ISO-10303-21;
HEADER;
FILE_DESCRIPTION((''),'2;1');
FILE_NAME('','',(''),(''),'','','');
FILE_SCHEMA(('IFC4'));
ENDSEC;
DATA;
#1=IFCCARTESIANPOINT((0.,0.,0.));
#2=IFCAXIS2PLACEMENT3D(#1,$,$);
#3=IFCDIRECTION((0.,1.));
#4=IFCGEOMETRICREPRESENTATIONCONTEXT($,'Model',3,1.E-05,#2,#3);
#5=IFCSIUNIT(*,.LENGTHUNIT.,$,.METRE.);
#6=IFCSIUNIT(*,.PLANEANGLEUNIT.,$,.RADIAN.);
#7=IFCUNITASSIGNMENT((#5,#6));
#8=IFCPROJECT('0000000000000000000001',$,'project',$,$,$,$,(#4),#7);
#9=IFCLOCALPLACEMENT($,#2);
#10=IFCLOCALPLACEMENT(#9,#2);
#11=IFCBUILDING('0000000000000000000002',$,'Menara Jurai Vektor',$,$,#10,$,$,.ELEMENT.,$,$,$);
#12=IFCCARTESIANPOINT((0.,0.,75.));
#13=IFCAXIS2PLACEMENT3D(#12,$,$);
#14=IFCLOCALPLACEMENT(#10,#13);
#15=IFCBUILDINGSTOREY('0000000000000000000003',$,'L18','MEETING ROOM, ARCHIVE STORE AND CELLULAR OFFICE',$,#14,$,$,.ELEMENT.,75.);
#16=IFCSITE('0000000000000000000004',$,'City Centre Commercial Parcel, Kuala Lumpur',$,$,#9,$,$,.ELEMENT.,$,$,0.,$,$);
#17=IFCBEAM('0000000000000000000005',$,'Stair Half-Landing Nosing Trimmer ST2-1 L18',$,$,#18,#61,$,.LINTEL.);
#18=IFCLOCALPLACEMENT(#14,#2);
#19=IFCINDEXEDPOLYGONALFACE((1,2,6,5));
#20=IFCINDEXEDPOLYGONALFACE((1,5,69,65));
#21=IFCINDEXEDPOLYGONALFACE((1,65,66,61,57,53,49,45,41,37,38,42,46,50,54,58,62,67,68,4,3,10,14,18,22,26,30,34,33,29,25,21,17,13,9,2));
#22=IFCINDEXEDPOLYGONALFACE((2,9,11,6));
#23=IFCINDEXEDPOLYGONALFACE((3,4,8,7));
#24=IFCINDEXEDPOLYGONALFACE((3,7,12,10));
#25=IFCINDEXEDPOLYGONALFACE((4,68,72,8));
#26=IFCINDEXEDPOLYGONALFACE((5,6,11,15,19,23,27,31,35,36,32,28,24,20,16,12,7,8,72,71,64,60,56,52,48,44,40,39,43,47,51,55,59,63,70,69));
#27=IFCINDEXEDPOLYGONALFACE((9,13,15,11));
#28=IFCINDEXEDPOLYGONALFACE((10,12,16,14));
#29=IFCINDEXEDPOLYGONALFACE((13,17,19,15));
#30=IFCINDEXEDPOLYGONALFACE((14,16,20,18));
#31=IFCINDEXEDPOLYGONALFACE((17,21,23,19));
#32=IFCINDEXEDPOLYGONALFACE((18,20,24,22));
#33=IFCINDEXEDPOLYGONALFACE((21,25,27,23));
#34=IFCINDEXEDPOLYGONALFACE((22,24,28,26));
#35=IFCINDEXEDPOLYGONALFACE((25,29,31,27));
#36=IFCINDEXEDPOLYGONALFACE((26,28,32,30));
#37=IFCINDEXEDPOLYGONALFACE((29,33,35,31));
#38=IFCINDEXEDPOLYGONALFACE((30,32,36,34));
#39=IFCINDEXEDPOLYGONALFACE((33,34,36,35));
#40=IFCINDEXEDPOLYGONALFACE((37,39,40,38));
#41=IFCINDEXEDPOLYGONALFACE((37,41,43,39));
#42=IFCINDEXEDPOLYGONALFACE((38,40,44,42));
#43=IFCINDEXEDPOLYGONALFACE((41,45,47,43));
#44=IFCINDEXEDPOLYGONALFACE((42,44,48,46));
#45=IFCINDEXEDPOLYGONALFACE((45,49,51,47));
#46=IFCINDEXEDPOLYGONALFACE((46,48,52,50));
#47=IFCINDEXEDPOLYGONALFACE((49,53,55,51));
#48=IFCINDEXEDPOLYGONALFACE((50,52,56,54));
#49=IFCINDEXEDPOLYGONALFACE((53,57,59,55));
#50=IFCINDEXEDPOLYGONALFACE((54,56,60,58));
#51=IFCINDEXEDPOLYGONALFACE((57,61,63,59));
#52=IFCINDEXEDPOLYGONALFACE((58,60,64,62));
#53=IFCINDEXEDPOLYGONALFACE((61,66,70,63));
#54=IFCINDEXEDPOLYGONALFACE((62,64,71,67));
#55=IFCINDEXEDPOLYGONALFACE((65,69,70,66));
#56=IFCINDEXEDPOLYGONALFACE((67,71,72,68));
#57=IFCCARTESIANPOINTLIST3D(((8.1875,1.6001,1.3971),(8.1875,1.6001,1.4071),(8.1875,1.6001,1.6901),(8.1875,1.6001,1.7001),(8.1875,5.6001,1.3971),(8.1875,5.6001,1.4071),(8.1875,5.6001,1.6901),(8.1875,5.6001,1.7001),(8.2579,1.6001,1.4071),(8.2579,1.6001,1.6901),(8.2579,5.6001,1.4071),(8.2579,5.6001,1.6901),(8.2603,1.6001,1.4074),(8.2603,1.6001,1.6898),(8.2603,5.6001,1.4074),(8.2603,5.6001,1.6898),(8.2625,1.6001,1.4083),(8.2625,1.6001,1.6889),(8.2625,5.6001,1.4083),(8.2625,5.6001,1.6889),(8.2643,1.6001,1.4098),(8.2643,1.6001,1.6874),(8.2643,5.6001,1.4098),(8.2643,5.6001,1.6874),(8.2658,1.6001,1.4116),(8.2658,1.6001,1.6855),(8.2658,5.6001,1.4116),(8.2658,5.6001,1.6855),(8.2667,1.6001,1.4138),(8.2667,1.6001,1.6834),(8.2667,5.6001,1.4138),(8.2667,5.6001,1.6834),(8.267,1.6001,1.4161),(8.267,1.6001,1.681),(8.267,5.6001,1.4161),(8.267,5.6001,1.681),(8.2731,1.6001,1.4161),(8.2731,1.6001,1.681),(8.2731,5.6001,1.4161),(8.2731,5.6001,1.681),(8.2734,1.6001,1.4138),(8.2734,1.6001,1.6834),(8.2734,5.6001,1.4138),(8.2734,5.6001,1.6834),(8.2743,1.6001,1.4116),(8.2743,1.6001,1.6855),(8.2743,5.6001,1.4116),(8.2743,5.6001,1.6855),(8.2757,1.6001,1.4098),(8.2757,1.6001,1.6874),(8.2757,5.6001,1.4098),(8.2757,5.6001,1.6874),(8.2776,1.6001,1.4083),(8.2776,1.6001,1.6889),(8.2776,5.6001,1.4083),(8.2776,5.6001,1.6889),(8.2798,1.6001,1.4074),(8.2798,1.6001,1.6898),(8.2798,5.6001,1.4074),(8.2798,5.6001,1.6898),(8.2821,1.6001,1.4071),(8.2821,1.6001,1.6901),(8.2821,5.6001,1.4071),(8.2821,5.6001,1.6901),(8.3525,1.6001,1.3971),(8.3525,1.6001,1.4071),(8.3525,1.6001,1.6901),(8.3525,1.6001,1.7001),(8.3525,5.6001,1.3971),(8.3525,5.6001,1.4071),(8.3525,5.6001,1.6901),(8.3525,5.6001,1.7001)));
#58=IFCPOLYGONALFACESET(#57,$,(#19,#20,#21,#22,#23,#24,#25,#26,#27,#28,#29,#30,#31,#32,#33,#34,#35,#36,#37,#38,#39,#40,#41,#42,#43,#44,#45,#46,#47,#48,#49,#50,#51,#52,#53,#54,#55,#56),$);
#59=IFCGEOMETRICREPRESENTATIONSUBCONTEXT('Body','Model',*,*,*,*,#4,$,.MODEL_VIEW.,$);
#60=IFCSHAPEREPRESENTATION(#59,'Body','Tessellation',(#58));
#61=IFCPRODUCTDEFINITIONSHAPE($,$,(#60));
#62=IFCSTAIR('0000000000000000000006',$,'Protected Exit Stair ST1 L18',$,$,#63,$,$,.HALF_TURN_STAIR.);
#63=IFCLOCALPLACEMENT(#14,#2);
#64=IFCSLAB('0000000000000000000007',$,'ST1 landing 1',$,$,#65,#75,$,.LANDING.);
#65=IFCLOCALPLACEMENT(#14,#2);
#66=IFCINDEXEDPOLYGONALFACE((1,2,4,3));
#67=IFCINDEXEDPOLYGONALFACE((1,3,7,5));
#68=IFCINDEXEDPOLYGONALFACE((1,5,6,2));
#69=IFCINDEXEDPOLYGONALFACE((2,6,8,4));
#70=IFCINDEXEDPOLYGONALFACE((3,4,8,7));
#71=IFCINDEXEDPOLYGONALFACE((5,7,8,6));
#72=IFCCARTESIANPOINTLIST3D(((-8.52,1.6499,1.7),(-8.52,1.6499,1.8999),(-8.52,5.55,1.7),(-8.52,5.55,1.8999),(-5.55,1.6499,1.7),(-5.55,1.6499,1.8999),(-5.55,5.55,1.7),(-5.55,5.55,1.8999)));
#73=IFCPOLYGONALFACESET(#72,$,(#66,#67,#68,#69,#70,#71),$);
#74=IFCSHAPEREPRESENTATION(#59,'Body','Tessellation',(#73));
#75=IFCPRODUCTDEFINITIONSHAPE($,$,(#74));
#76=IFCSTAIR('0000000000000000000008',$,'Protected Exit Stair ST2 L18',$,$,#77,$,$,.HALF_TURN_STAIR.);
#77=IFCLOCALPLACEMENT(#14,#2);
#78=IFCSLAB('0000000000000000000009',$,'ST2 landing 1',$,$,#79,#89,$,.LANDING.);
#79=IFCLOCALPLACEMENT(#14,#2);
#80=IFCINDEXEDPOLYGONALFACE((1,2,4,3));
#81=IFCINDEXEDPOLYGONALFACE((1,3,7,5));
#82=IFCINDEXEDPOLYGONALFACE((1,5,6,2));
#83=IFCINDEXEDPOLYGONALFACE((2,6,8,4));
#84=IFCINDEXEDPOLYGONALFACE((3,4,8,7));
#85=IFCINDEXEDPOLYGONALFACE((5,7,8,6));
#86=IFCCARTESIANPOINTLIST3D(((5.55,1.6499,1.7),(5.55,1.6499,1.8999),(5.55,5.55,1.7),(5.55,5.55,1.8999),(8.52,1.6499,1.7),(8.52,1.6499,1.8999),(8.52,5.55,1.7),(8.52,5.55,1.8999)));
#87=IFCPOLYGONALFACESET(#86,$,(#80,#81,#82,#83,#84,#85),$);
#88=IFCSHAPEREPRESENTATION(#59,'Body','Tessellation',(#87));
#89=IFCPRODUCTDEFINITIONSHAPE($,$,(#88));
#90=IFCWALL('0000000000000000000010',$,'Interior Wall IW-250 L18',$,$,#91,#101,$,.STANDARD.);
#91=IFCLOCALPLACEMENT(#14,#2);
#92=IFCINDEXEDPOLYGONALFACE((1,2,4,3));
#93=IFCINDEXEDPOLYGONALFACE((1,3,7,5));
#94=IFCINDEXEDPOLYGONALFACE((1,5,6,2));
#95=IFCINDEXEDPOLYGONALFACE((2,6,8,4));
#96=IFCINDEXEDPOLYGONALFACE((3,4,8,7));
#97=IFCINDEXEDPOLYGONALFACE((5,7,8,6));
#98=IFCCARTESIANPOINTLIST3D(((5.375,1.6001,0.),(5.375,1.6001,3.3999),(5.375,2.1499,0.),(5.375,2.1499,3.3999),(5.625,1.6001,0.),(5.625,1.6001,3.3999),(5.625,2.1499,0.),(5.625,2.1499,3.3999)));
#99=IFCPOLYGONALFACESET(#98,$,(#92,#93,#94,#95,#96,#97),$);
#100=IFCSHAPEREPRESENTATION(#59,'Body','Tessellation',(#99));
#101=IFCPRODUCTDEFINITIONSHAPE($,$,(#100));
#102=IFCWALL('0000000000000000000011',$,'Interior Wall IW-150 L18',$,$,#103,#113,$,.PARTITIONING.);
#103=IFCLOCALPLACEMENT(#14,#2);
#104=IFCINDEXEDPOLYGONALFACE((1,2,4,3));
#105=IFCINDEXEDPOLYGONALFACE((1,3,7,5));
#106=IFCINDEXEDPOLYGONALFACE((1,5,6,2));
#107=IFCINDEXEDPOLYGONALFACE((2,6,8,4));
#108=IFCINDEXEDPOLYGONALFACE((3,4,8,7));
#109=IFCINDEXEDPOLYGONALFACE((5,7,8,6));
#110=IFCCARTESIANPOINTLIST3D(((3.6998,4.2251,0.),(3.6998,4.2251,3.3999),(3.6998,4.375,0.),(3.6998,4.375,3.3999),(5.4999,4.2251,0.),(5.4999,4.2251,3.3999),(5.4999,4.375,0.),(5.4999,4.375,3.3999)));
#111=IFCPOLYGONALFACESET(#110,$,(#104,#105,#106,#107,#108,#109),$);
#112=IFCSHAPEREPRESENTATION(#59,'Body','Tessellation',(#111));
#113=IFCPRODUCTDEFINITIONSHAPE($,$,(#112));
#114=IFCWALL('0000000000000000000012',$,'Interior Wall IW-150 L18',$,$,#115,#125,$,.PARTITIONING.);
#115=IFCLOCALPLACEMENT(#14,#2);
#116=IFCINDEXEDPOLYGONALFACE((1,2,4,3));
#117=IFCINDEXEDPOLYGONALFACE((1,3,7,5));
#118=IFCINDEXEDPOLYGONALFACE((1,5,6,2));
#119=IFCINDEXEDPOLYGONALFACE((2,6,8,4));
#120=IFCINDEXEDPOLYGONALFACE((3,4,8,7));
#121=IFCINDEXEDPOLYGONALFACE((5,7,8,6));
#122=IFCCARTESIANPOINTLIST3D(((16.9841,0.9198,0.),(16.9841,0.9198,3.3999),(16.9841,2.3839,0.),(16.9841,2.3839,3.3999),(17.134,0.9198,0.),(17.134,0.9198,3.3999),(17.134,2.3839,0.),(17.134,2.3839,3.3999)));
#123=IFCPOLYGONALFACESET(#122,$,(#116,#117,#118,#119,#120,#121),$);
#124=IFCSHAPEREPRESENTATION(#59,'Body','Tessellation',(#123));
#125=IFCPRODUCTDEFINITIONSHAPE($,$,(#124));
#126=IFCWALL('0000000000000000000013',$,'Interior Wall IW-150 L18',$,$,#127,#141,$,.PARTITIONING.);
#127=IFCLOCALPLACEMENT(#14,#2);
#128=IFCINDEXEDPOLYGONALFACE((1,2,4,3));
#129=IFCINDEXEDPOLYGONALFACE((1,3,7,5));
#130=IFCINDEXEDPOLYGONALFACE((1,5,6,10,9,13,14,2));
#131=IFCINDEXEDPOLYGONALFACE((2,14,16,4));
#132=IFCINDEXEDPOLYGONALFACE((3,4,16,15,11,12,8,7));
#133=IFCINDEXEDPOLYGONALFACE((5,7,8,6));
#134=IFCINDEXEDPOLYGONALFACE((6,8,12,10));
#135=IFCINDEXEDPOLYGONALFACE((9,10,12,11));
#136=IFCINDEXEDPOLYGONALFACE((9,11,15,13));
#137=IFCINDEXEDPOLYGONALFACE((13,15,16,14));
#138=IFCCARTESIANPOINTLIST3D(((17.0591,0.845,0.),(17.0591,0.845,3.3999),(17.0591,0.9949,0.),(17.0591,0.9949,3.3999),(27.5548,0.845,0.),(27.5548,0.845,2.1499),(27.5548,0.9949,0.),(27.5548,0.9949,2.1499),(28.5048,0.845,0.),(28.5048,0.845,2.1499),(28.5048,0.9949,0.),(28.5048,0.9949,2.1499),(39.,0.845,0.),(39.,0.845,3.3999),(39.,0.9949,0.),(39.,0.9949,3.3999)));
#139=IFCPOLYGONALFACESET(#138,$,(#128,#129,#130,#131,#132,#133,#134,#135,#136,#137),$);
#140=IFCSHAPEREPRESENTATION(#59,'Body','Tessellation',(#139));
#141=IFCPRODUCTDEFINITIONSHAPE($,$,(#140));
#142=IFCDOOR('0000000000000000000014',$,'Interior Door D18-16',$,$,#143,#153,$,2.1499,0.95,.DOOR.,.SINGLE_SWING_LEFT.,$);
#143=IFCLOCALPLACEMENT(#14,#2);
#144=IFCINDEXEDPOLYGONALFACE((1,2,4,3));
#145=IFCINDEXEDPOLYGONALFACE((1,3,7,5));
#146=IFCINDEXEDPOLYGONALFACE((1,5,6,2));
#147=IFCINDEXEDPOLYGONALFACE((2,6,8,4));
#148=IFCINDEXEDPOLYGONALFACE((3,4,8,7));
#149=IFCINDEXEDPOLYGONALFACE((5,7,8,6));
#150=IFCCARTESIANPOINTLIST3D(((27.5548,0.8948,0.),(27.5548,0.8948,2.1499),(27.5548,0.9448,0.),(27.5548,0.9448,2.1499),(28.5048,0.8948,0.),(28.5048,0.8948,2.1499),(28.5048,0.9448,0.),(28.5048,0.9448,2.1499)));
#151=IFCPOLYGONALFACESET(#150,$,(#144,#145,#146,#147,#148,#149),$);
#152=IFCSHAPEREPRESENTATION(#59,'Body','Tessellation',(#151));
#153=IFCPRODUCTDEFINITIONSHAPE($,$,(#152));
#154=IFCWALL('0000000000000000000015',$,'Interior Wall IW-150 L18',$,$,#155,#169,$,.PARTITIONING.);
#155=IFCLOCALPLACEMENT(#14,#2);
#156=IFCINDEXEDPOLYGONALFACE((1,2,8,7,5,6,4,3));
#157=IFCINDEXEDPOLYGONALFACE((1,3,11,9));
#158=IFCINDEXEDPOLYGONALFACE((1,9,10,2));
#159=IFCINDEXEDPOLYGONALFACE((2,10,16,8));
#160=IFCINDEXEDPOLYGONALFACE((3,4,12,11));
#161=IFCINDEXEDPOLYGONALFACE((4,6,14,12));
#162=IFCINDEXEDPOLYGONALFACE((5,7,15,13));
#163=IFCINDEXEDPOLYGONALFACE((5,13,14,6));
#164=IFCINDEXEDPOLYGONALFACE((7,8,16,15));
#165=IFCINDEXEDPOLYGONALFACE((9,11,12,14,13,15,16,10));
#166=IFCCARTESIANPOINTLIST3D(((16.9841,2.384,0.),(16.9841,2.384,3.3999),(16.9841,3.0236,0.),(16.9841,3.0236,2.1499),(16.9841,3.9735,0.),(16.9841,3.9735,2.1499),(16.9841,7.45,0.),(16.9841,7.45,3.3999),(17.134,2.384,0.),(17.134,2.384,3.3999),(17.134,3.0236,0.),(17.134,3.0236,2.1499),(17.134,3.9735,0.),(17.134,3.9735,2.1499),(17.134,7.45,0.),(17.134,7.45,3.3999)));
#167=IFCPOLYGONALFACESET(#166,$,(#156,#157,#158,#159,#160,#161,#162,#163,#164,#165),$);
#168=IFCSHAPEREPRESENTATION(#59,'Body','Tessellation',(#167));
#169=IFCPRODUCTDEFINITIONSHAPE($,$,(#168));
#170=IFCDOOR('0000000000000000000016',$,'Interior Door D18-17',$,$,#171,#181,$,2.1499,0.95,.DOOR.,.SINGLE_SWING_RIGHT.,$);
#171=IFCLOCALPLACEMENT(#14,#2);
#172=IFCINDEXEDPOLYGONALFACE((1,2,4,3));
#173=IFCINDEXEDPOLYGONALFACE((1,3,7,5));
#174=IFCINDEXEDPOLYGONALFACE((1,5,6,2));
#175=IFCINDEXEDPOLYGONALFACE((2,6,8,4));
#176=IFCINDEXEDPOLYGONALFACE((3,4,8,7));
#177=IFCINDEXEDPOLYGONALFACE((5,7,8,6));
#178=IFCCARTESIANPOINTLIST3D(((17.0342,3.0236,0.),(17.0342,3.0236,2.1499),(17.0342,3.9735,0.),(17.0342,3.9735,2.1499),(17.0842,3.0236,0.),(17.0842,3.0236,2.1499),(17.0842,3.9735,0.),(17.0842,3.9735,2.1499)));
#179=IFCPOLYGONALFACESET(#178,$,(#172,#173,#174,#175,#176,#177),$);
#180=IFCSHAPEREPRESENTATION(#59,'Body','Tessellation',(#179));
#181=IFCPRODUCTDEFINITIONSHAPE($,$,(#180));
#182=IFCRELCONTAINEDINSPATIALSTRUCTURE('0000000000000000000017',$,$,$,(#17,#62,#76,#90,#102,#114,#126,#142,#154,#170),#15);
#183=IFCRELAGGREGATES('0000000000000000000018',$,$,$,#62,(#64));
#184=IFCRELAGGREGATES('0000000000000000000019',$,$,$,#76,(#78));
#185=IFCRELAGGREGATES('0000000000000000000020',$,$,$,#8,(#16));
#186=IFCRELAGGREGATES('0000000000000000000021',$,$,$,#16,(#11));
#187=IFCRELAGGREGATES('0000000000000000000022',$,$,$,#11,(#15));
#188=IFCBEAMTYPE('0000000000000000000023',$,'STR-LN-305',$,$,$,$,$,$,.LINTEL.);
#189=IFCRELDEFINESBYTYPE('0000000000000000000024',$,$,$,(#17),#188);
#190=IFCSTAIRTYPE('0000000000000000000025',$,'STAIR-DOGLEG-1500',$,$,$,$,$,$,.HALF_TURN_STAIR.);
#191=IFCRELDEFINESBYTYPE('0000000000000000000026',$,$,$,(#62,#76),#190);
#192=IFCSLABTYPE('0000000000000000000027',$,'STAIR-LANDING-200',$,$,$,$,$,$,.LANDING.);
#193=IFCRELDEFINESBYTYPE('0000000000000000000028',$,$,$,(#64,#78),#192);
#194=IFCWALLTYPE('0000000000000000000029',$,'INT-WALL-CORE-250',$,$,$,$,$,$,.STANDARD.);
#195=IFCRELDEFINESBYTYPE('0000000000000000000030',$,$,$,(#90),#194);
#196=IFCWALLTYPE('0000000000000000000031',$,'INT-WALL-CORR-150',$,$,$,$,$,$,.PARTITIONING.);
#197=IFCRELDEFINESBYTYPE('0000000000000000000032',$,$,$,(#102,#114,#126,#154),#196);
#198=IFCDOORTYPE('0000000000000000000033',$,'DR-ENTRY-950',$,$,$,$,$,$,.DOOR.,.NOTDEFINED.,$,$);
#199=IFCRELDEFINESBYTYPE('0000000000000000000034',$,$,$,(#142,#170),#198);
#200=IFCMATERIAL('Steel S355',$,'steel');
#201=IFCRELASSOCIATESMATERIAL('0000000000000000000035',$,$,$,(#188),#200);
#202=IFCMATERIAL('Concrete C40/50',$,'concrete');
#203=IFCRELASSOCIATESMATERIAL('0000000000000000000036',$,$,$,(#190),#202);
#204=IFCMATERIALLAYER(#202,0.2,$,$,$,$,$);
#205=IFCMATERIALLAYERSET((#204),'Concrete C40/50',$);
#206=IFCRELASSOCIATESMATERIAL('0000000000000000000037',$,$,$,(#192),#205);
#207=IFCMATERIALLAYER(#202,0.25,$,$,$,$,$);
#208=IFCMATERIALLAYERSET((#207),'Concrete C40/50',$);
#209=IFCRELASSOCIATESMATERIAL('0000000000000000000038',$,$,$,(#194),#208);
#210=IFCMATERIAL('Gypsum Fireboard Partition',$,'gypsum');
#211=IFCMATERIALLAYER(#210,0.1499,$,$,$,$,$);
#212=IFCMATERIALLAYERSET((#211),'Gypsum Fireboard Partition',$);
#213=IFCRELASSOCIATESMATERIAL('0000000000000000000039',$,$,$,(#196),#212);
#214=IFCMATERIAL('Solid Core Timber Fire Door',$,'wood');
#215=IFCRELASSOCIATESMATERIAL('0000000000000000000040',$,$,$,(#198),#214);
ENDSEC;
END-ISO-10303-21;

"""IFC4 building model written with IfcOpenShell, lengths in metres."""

from ifc_helpers import new_model, si_unit, direction, frame, frame_2d, origin, origin_2d, place, context, subcontext, project, spatial, polyline, rectangle, i_section, outline, extrude, material, layer, layer_set, material_profile, profile_set, type_object, element, fill, aggregate, save


model = new_model("IFC4")

# Units and contexts
model_context = context("Model", 3, precision=1e-05, world=origin(), true_north=direction((0.0, 1.0)))
body_context = subcontext(model_context, "Body", "Model", "MODEL_VIEW")
ifc_project = project(units=[si_unit("LENGTHUNIT", "METRE"), si_unit("PLANEANGLEUNIT", "RADIAN")], contexts=[model_context])

# Site, building, storey
site_placement = place(None, origin())
site = spatial("IfcSite", under=ifc_project, at=site_placement, Name="City Centre Commercial Parcel, Kuala Lumpur", CompositionType="ELEMENT", RefElevation=0.0)
building_placement = place(site_placement, origin())
building = spatial("IfcBuilding", under=site, at=building_placement, Name="Menara Jurai Vektor", CompositionType="ELEMENT")
storey_placement = place(building_placement, frame((0.0, 0.0, 75.0)))
storey = spatial("IfcBuildingStorey", under=building, at=storey_placement, Name="L18", Description="MEETING ROOM, ARCHIVE STORE AND CELLULAR OFFICE", CompositionType="ELEMENT", Elevation=75.0)

# Beam
ifc_material_1 = material(Name="Steel S355", Category="steel")
ifc_material_profile_1 = material_profile(ifc_material_1, i_section(OverallWidth=0.165, OverallDepth=0.303, WebThickness=0.0061, FlangeThickness=0.01, FilletRadius=0.009, at=origin_2d()), Name="UKB 305x165x40")
ifc_profile_set_1 = profile_set([ifc_material_profile_1], Name="Steel S355")
beam_type_1 = type_object("IfcBeamType", Name="STR-LN-305", PredefinedType="LINTEL", material=ifc_profile_set_1)
beam_1_placement = place(storey_placement, frame((8.27, 1.6001, 1.5486), z_axis=(0.0, 1.0, 0.0), x_axis=(-1.0, 0.0, 0.0)))
element("IfcBeam", 1, at=beam_1_placement, inside=storey, type_object=beam_type_1, Name="Stair Half-Landing Nosing Trimmer ST2-1 L18", PredefinedType="LINTEL", context=body_context, shape_type="SweptSolid", body=[
    extrude(i_section(OverallWidth=0.165, OverallDepth=0.303, WebThickness=0.0061, FlangeThickness=0.01, FilletRadius=0.009, at=origin_2d()), origin(), (0.0, 0.0, 1.0), 4.0),
])

# Stairs, slabs
ifc_material_2 = material(Name="Concrete C40/50", Category="concrete")
stair_type = type_object("IfcStairType", Name="STAIR-DOGLEG-1500", PredefinedType="HALF_TURN_STAIR", material=ifc_material_2)
stair_1_placement = place(storey_placement, origin())
stair_1 = element("IfcStair", 2, at=stair_1_placement, inside=storey, type_object=stair_type, Name="Protected Exit Stair ST1 L18", PredefinedType="HALF_TURN_STAIR")
ifc_layer_1 = layer(ifc_material_2, 0.2)
ifc_layer_set_1 = layer_set([ifc_layer_1], Name="Concrete C40/50")
slab_type = type_object("IfcSlabType", Name="STAIR-LANDING-200", PredefinedType="LANDING", material=ifc_layer_set_1)
slab_1_placement = place(storey_placement, frame((0.0, 0.0, 1.7)))
slab_1 = element("IfcSlab", 3, at=slab_1_placement, type_object=slab_type, Name="ST1 landing 1", PredefinedType="LANDING", context=body_context, shape_type="SweptSolid", body=[
    extrude(outline(polyline([(-8.52, 1.6499), (-5.55, 1.6499), (-5.55, 5.55), (-8.52, 5.55), (-8.52, 1.6499)])), origin(), (0.0, 0.0, 1.0), 0.2),
])
aggregate(stair_1, [slab_1])
stair_2_placement = place(storey_placement, origin())
stair_2 = element("IfcStair", 4, at=stair_2_placement, inside=storey, type_object=stair_type, Name="Protected Exit Stair ST2 L18", PredefinedType="HALF_TURN_STAIR")
slab_2_placement = place(storey_placement, frame((0.0, 0.0, 1.7)))
slab_2 = element("IfcSlab", 5, at=slab_2_placement, type_object=slab_type, Name="ST2 landing 1", PredefinedType="LANDING", context=body_context, shape_type="SweptSolid", body=[
    extrude(outline(polyline([(5.55, 1.6499), (8.52, 1.6499), (8.52, 5.55), (5.55, 5.55), (5.55, 1.6499)])), origin(), (0.0, 0.0, 1.0), 0.2),
])

# Shared definitions
ifc_layer_2 = layer(ifc_material_2, 0.25)
ifc_layer_set_2 = layer_set([ifc_layer_2], Name="Concrete C40/50")
wall_type_1 = type_object("IfcWallType", Name="INT-WALL-CORE-250", PredefinedType="STANDARD", material=ifc_layer_set_2)

# Walls
wall_1_placement = place(storey_placement, frame((5.5, 1.6001, 0.0), z_axis=(0.0, 0.0, 1.0), x_axis=(0.0, 1.0, 0.0)))
element("IfcWall", 6, at=wall_1_placement, inside=storey, type_object=wall_type_1, Name="Interior Wall IW-250 L18", PredefinedType="STANDARD", context=body_context, shape_type="SweptSolid", body=[
    extrude(rectangle(XDim=0.5498, YDim=0.25, at=frame_2d((0.2749, 0.0))), origin(), (0.0, 0.0, 1.0), 3.3999),
])
ifc_material_3 = material(Name="Gypsum Fireboard Partition", Category="gypsum")
ifc_layer_3 = layer(ifc_material_3, 0.1499)
ifc_layer_set_3 = layer_set([ifc_layer_3], Name="Gypsum Fireboard Partition")
wall_type_2 = type_object("IfcWallType", Name="INT-WALL-CORR-150", PredefinedType="PARTITIONING", material=ifc_layer_set_3)
wall_2_placement = place(storey_placement, frame((3.7, 4.3, 0.0), z_axis=(0.0, 0.0, 1.0), x_axis=(1.0, 0.0, 0.0)))
element("IfcWall", 7, at=wall_2_placement, inside=storey, type_object=wall_type_2, Name="Interior Wall IW-150 L18", PredefinedType="PARTITIONING", context=body_context, shape_type="SweptSolid", body=[
    extrude(rectangle(XDim=1.8, YDim=0.1499, at=frame_2d((0.8999, 0.0))), origin(), (0.0, 0.0, 1.0), 3.3999),
])
wall_3_placement = place(storey_placement, frame((17.0591, 0.9199, 0.0), z_axis=(0.0, 0.0, 1.0), x_axis=(0.0, 1.0, 0.0)))
element("IfcWall", 8, at=wall_3_placement, inside=storey, type_object=wall_type_2, Name="Interior Wall IW-150 L18", PredefinedType="PARTITIONING", context=body_context, shape_type="SweptSolid", body=[
    extrude(rectangle(XDim=1.4641, YDim=0.1499, at=frame_2d((0.7319, 0.0))), origin(), (0.0, 0.0, 1.0), 3.3999),
])

# Walls, openings, doors
wall_4_placement = place(storey_placement, frame((17.0591, 0.9199, 0.0), z_axis=(0.0, 0.0, 1.0), x_axis=(1.0, 0.0, 0.0)))
wall_4 = element("IfcWall", 9, at=wall_4_placement, inside=storey, type_object=wall_type_2, Name="Interior Wall IW-150 L18", PredefinedType="PARTITIONING", context=body_context, shape_type="SweptSolid", body=[
    extrude(rectangle(XDim=21.9409, YDim=0.1499, at=frame_2d((10.9705, 0.0))), origin(), (0.0, 0.0, 1.0), 3.3999),
])
opening_1_placement = place(wall_4_placement, frame((10.4956, 0.0, 0.0)))
opening_1 = element("IfcOpeningElement", 10, at=opening_1_placement, cuts=wall_4, PredefinedType="OPENING", context=body_context, shape_type="SweptSolid", body=[
    extrude(rectangle(XDim=0.95, YDim=2.1499, at=frame_2d((0.4751, 1.075))), frame((0.0, 0.085, 0.0), z_axis=(0.0, -1.0, 0.0), x_axis=(1.0, 0.0, 0.0)), (0.0, 0.0, 1.0), 0.1699),
])
ifc_material_4 = material(Name="Solid Core Timber Fire Door", Category="wood")
door_type_1 = type_object("IfcDoorType", Name="DR-ENTRY-950", OperationType="NOTDEFINED", PredefinedType="DOOR", material=ifc_material_4)
door_1_placement = place(opening_1_placement, origin())
door_1 = element("IfcDoor", 11, at=door_1_placement, inside=storey, type_object=door_type_1, Name="Interior Door D18-16", OperationType="SINGLE_SWING_LEFT", OverallHeight=2.1499, OverallWidth=0.95, PredefinedType="DOOR", context=body_context, shape_type="SweptSolid", body=[
    extrude(rectangle(XDim=0.95, YDim=2.1499, at=frame_2d((0.4751, 1.075))), frame((0.0, 0.0249, 0.0), z_axis=(0.0, -1.0, 0.0), x_axis=(1.0, 0.0, 0.0)), (0.0, 0.0, 1.0), 0.05),
])
fill(opening_1, door_1)
wall_5_placement = place(storey_placement, frame((17.0591, 2.384, 0.0), z_axis=(0.0, 0.0, 1.0), x_axis=(0.0, 1.0, 0.0)))
wall_5 = element("IfcWall", 12, at=wall_5_placement, inside=storey, type_object=wall_type_2, Name="Interior Wall IW-150 L18", PredefinedType="PARTITIONING", context=body_context, shape_type="SweptSolid", body=[
    extrude(rectangle(XDim=5.0659, YDim=0.1499, at=frame_2d((2.533, 0.0))), origin(), (0.0, 0.0, 1.0), 3.3999),
])
opening_2_placement = place(wall_5_placement, frame((0.6394, 0.0, 0.0)))
opening_2 = element("IfcOpeningElement", 13, at=opening_2_placement, cuts=wall_5, PredefinedType="OPENING", context=body_context, shape_type="SweptSolid", body=[
    extrude(rectangle(XDim=0.95, YDim=2.1499, at=frame_2d((0.4751, 1.075))), frame((0.0, 0.085, 0.0), z_axis=(0.0, -1.0, 0.0), x_axis=(1.0, 0.0, 0.0)), (0.0, 0.0, 1.0), 0.1699),
])
door_2_placement = place(opening_2_placement, origin())
door_2 = element("IfcDoor", 14, at=door_2_placement, inside=storey, type_object=door_type_1, Name="Interior Door D18-17", OperationType="SINGLE_SWING_RIGHT", OverallHeight=2.1499, OverallWidth=0.95, PredefinedType="DOOR", context=body_context, shape_type="SweptSolid", body=[
    extrude(rectangle(XDim=0.95, YDim=2.1499, at=frame_2d((0.4751, 1.075))), frame((0.0, 0.0249, 0.0), z_axis=(0.0, -1.0, 0.0), x_axis=(1.0, 0.0, 0.0)), (0.0, 0.0, 1.0), 0.05),
])
fill(opening_2, door_2)

aggregate(stair_2, [slab_2])

save(model, "model.ifc")
